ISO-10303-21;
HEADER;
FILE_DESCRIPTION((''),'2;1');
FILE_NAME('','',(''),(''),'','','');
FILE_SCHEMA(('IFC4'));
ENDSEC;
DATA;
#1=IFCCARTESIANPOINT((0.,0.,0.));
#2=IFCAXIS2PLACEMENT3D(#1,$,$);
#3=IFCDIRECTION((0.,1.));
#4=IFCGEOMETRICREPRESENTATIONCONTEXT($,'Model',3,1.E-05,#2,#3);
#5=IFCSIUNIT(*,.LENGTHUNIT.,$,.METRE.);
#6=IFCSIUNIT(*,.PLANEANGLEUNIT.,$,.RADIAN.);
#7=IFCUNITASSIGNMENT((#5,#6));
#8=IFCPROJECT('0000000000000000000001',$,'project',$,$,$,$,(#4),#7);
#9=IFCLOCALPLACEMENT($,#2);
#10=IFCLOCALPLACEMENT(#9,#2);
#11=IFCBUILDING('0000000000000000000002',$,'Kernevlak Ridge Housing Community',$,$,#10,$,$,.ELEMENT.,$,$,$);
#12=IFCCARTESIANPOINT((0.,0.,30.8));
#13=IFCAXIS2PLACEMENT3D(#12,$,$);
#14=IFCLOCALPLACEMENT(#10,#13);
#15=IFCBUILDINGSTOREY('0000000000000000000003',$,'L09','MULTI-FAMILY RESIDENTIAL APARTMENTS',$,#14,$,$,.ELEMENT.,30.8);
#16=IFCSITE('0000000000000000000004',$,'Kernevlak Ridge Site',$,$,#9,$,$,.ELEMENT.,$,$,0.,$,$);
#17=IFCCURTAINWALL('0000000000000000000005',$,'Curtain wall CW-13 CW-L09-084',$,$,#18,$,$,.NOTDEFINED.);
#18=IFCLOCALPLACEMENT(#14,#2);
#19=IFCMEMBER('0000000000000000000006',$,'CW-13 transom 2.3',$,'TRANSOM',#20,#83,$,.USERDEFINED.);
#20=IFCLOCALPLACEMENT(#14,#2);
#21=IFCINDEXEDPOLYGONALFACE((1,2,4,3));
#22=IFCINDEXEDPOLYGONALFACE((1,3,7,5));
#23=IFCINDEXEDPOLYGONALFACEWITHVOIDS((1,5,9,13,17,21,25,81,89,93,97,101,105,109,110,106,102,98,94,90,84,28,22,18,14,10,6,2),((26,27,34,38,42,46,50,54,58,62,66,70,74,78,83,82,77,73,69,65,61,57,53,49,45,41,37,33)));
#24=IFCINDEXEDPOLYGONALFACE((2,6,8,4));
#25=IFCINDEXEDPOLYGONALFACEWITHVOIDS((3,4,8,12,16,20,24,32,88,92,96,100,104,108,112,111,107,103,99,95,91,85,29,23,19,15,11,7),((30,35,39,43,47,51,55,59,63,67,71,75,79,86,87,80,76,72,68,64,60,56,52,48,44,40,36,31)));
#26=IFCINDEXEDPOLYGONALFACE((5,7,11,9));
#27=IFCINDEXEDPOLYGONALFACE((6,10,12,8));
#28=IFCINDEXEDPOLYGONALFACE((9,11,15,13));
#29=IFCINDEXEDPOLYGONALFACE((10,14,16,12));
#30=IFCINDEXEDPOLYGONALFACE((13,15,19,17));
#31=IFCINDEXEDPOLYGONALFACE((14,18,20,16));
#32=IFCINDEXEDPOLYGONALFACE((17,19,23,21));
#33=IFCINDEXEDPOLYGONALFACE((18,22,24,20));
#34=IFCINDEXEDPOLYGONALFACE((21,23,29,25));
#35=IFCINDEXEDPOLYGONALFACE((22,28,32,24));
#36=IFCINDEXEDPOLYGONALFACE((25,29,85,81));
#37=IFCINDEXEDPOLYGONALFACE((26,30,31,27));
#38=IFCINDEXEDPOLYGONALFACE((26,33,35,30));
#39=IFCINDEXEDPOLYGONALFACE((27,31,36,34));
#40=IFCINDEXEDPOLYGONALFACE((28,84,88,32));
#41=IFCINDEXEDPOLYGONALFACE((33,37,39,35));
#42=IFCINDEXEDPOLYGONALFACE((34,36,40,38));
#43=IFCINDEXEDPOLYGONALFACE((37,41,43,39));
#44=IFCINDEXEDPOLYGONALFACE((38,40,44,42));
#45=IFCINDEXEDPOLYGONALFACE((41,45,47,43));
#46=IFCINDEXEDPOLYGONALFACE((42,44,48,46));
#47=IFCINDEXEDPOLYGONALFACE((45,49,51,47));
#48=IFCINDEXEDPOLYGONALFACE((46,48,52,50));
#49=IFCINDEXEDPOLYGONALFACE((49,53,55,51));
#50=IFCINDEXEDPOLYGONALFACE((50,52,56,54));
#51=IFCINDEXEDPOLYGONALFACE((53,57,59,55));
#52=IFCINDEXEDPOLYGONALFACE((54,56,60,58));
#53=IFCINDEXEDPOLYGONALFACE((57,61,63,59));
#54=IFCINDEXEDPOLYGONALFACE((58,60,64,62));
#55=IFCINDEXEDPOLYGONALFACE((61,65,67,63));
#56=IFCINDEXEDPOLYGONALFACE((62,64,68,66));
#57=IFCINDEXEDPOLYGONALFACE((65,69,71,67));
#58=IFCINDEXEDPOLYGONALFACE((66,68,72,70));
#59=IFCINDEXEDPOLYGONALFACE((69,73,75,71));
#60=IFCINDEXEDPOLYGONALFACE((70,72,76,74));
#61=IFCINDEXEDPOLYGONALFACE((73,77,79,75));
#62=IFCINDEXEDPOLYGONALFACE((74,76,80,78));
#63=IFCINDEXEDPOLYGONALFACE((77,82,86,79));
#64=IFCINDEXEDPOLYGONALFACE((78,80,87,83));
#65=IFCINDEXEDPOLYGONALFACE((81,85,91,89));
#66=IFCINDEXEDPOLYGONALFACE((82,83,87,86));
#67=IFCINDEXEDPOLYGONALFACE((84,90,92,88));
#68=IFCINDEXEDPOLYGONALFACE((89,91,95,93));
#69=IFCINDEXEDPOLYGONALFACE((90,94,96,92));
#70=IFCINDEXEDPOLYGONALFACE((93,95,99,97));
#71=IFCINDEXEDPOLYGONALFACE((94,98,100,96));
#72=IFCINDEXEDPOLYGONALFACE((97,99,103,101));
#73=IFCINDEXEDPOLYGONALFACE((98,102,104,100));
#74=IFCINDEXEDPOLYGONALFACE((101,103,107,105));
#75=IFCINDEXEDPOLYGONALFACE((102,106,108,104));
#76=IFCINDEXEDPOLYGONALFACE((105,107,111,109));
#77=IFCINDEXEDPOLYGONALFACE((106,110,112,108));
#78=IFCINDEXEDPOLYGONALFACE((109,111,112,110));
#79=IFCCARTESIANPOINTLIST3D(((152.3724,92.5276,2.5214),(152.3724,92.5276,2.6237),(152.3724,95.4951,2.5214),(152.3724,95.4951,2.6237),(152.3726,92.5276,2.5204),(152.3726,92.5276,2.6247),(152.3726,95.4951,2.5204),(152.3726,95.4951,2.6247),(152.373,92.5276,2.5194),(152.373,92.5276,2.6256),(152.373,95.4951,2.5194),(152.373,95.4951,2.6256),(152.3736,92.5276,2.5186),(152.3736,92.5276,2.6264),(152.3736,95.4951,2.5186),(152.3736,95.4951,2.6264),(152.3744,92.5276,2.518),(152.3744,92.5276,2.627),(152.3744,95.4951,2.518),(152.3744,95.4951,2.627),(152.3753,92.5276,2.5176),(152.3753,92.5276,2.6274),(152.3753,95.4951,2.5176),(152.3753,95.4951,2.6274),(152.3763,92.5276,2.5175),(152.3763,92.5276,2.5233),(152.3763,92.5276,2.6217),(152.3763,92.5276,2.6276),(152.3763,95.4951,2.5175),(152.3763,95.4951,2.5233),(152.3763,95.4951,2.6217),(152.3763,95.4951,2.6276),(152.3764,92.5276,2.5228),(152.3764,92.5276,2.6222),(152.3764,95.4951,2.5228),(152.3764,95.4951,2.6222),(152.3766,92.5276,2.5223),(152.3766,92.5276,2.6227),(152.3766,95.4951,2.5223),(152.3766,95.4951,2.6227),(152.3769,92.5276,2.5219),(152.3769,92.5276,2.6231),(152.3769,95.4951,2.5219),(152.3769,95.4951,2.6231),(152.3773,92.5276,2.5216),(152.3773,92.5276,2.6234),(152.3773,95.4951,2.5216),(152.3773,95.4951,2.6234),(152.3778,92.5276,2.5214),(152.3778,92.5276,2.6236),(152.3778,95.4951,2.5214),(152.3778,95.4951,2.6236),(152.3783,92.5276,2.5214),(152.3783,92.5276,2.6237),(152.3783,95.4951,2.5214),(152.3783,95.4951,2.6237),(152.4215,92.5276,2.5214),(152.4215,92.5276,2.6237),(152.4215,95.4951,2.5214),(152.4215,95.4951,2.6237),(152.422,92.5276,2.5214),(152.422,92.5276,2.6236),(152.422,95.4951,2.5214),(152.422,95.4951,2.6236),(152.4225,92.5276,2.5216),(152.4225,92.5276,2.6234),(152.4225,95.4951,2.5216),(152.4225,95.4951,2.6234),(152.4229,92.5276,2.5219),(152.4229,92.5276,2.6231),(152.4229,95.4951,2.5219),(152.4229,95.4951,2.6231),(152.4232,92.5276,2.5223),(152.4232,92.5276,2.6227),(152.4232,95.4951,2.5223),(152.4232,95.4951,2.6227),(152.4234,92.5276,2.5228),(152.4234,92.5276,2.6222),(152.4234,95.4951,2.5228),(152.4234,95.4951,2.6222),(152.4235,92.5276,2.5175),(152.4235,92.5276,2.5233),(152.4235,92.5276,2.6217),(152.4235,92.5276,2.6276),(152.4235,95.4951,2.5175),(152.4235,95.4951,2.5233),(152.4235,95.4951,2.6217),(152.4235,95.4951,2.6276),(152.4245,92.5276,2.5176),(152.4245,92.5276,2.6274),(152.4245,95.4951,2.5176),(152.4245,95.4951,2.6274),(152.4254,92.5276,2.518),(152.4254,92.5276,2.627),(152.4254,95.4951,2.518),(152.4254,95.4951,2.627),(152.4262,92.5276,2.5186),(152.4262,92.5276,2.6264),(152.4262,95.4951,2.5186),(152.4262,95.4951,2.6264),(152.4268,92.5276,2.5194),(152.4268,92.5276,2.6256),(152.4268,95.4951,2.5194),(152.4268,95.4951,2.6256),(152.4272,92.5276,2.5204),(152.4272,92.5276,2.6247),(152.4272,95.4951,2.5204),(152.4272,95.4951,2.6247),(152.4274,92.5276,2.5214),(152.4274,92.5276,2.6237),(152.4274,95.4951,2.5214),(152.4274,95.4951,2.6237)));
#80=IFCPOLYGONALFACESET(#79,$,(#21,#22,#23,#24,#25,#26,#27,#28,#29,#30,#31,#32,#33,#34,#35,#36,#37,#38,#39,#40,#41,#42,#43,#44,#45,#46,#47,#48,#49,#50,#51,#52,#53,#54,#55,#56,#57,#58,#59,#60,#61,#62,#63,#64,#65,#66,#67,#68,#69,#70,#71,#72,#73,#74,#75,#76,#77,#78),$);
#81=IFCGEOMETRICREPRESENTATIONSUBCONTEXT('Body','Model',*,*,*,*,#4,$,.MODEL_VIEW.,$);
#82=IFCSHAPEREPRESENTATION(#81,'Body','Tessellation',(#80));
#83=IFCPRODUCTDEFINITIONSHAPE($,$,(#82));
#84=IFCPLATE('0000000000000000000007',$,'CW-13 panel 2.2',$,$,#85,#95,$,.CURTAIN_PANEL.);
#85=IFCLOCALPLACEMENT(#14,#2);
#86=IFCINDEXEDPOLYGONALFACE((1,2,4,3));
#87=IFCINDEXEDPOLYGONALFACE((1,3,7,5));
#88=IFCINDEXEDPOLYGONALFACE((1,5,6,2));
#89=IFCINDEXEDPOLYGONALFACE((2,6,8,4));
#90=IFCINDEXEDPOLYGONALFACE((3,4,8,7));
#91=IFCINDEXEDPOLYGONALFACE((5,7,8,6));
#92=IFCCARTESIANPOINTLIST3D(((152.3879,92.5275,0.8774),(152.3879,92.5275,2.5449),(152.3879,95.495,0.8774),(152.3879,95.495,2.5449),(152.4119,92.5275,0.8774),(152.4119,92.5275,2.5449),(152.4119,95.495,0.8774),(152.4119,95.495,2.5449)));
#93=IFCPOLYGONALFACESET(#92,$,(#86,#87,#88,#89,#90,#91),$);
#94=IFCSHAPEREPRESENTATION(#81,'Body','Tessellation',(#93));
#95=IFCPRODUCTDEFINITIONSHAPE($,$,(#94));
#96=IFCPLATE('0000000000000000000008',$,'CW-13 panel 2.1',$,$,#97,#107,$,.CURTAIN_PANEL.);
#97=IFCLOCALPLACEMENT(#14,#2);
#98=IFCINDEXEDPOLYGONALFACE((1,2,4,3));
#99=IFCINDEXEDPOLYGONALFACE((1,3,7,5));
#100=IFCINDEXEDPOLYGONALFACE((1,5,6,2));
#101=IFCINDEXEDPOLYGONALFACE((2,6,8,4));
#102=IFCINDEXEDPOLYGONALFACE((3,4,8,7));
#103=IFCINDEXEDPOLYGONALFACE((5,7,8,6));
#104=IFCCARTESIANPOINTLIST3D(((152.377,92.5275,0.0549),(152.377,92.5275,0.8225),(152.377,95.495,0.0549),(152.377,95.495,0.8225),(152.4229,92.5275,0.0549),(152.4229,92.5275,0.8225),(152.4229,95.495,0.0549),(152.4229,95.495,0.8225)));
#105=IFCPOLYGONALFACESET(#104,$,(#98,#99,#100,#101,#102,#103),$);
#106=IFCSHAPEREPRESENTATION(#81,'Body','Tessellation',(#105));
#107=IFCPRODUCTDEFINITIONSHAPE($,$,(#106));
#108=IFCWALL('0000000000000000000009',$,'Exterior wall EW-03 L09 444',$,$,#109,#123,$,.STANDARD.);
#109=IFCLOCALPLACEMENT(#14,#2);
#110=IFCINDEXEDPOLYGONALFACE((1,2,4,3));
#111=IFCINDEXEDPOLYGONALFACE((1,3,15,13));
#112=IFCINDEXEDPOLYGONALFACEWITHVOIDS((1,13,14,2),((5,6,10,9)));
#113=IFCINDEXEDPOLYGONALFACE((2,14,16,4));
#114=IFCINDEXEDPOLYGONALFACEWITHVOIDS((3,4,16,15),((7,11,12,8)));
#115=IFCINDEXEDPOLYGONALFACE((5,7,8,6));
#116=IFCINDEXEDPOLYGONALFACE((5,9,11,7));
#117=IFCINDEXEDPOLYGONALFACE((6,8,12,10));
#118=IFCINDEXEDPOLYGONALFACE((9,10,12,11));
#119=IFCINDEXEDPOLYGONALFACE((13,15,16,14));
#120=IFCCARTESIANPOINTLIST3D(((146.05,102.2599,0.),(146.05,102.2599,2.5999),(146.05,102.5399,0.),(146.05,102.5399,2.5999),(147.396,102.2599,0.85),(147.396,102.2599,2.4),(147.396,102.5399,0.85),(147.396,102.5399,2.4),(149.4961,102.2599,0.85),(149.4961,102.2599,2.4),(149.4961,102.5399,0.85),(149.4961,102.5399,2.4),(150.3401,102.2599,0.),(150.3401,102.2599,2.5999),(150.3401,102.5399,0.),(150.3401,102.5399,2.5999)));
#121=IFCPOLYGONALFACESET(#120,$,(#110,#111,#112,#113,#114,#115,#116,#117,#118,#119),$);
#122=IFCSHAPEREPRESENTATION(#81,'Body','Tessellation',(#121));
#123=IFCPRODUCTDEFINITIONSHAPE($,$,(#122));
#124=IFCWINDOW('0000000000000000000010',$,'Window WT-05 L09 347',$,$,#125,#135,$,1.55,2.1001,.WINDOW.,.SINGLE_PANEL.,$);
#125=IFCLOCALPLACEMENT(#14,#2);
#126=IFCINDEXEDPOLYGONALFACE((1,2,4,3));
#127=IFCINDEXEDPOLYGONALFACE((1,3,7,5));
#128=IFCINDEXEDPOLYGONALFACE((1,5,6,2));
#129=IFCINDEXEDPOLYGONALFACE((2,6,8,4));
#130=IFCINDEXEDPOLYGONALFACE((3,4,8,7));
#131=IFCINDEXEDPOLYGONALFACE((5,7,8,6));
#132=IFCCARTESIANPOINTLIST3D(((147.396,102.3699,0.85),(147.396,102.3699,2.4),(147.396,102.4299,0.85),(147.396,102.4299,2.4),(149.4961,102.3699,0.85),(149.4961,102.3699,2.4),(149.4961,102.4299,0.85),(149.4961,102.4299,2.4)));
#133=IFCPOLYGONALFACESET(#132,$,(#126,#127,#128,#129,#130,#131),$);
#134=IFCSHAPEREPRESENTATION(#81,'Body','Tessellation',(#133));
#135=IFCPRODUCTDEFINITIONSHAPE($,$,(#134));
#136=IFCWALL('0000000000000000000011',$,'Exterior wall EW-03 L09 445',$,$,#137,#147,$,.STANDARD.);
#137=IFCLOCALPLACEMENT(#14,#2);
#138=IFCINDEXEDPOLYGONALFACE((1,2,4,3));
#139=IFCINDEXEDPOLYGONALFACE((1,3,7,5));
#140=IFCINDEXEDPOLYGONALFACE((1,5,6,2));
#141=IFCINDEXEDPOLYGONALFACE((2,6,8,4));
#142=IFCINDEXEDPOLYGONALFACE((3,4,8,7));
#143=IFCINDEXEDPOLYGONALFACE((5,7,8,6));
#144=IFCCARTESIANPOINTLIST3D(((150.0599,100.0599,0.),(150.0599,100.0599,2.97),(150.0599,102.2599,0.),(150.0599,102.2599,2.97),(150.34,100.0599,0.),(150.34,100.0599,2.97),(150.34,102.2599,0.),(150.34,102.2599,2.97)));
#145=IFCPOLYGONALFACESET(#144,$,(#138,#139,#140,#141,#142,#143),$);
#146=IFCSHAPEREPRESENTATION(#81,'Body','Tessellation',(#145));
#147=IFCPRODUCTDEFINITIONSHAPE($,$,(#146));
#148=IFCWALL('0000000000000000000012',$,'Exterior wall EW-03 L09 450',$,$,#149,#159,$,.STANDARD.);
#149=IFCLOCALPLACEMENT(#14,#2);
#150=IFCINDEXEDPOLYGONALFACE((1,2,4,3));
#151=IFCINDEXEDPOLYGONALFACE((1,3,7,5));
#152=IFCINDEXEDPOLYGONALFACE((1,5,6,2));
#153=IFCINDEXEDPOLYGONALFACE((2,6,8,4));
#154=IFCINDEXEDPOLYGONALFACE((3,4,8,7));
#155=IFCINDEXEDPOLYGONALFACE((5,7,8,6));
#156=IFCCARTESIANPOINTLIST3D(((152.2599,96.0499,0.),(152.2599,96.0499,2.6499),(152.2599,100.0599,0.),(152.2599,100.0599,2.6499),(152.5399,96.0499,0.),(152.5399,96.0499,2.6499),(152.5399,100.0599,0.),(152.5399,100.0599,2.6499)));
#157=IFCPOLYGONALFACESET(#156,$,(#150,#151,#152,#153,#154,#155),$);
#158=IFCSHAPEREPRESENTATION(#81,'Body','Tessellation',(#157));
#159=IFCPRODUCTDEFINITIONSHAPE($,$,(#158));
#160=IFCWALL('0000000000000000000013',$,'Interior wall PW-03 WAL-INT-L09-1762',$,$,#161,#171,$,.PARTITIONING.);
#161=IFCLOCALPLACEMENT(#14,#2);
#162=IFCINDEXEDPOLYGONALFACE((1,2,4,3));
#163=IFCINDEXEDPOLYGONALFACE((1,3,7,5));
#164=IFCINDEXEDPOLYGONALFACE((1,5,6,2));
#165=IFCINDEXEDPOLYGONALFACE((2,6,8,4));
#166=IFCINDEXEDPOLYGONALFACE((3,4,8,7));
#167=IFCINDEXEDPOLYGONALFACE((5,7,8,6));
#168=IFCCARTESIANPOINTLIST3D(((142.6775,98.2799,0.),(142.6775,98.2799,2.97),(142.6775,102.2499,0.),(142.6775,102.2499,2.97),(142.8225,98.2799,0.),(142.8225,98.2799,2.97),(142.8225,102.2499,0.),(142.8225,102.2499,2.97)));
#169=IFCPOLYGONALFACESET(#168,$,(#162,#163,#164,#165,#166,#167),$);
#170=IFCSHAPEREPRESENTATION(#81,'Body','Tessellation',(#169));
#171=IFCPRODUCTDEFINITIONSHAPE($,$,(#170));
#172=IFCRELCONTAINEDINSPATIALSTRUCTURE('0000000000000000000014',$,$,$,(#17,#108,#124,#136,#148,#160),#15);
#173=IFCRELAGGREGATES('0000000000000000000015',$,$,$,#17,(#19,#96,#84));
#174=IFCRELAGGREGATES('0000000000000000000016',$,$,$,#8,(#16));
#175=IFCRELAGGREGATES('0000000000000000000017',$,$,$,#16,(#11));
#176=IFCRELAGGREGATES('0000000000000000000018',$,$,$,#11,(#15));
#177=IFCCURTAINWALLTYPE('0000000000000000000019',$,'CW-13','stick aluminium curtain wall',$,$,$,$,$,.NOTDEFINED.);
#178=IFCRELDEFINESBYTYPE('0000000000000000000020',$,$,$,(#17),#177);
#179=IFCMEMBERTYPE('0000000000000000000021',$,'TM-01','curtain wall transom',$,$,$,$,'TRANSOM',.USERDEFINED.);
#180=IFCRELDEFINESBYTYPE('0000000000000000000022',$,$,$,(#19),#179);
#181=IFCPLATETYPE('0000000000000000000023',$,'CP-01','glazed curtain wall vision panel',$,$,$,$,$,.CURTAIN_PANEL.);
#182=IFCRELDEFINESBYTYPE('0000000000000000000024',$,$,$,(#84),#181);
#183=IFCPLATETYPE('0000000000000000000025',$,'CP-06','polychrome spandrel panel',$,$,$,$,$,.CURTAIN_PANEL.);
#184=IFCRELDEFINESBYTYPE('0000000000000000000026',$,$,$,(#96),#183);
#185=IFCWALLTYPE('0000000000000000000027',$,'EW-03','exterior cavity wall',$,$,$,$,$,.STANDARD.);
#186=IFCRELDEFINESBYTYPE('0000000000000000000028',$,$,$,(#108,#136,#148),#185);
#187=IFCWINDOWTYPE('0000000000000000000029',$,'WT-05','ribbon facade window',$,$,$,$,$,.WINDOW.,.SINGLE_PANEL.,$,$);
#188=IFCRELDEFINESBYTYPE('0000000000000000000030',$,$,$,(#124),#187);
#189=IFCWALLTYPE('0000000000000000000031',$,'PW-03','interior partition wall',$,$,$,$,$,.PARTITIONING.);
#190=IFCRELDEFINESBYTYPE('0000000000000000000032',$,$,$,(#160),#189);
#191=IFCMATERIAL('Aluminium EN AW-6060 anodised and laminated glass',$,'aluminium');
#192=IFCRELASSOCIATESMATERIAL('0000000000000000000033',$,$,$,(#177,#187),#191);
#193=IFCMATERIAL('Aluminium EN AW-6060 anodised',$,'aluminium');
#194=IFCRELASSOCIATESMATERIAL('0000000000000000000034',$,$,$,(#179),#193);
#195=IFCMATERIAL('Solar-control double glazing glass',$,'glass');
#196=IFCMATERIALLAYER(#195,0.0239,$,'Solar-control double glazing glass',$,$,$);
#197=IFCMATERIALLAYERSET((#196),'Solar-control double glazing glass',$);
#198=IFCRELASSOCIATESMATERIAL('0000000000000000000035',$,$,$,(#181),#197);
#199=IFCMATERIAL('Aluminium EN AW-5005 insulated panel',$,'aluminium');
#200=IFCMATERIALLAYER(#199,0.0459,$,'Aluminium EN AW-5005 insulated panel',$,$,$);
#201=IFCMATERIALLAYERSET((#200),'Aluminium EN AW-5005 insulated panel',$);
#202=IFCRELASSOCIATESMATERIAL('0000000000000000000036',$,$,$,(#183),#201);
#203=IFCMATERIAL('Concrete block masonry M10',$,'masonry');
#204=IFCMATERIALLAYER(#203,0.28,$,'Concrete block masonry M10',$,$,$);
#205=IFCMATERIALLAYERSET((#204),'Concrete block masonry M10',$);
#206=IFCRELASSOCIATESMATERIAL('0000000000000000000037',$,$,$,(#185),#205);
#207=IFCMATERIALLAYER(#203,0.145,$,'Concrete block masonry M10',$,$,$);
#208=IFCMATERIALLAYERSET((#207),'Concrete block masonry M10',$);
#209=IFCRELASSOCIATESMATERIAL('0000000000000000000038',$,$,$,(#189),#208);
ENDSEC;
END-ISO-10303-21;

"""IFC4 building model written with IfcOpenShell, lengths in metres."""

from ifc_helpers import new_model, si_unit, direction, frame, frame_2d, origin, origin_2d, place, context, subcontext, project, spatial, rectangle, hollow_rectangle, extrude, material, layer, layer_set, material_profile, profile_set, type_object, element, fill, aggregate, save


model = new_model("IFC4")

# Units and contexts
model_context = context("Model", 3, precision=1e-05, world=origin(), true_north=direction((0.0, 1.0)))
body_context = subcontext(model_context, "Body", "Model", "MODEL_VIEW")
ifc_project = project(units=[si_unit("LENGTHUNIT", "METRE"), si_unit("PLANEANGLEUNIT", "RADIAN")], contexts=[model_context])

# Site, building, storey
site_placement = place(None, origin())
site = spatial("IfcSite", under=ifc_project, at=site_placement, Name="Kernevlak Ridge Site", CompositionType="ELEMENT", RefElevation=0.0)
building_placement = place(site_placement, origin())
building = spatial("IfcBuilding", under=site, at=building_placement, Name="Kernevlak Ridge Housing Community", CompositionType="ELEMENT")
storey_placement = place(building_placement, frame((0.0, 0.0, 30.8)))
storey = spatial("IfcBuildingStorey", under=building, at=storey_placement, Name="L09", Description="MULTI-FAMILY RESIDENTIAL APARTMENTS", CompositionType="ELEMENT", Elevation=30.8)

# Curtain wall
ifc_material_1 = material(Name="Aluminium EN AW-6060 anodised and laminated glass", Category="aluminium")
curtain_wall_type = type_object("IfcCurtainWallType", Name="CW-13", Description="stick aluminium curtain wall", PredefinedType="NOTDEFINED", material=ifc_material_1)
curtain_wall_placement = place(storey_placement, origin())
curtain_wall = element("IfcCurtainWall", 1, at=curtain_wall_placement, inside=storey, type_object=curtain_wall_type, Name="Curtain wall CW-13 CW-L09-084", PredefinedType="NOTDEFINED")
ifc_material_2 = material(Name="Aluminium EN AW-6060 anodised", Category="aluminium")

# Member
ifc_material_profile_1 = material_profile(ifc_material_2, hollow_rectangle(XDim=0.0549, YDim=0.1101, WallThickness=0.0039, InnerFilletRadius=0.002, OuterFilletRadius=0.0039, at=origin_2d()), Name="ALU 55x110x4")
ifc_profile_set_1 = profile_set([ifc_material_profile_1], Name="Aluminium EN AW-6060 anodised")
member_type_1 = type_object("IfcMemberType", Name="TM-01", Description="curtain wall transom", ElementType="TRANSOM", PredefinedType="USERDEFINED", material=ifc_profile_set_1)
member_1_placement = place(storey_placement, frame((152.3999, 92.5276, 2.5725), z_axis=(0.0, 1.0, 0.0), x_axis=(-1.0, 0.0, 0.0)))
member_1 = element("IfcMember", 2, at=member_1_placement, type_object=member_type_1, Name="CW-13 transom 2.3", ObjectType="TRANSOM", PredefinedType="USERDEFINED", context=body_context, shape_type="SweptSolid", body=[
    extrude(hollow_rectangle(XDim=0.0549, YDim=0.1101, WallThickness=0.0039, InnerFilletRadius=0.002, OuterFilletRadius=0.0039, at=origin_2d()), origin(), (0.0, 0.0, 1.0), 2.9675),
])

# Plates
ifc_material_3 = material(Name="Solar-control double glazing glass", Category="glass")
ifc_layer_1 = layer(ifc_material_3, 0.0239, Name="Solar-control double glazing glass")
ifc_layer_set_1 = layer_set([ifc_layer_1], Name="Solar-control double glazing glass")
plate_type_1 = type_object("IfcPlateType", Name="CP-01", Description="glazed curtain wall vision panel", PredefinedType="CURTAIN_PANEL", material=ifc_layer_set_1)
plate_1_placement = place(storey_placement, frame((152.3999, 94.0112, 0.8774), z_axis=(0.0, 0.0, 1.0), x_axis=(0.0, 1.0, 0.0)))
plate_1 = element("IfcPlate", 3, at=plate_1_placement, type_object=plate_type_1, Name="CW-13 panel 2.2", PredefinedType="CURTAIN_PANEL", context=body_context, shape_type="SweptSolid", body=[
    extrude(rectangle(XDim=2.9675, YDim=0.0239, at=origin_2d()), origin(), (0.0, 0.0, 1.0), 1.6675),
])
ifc_material_4 = material(Name="Aluminium EN AW-5005 insulated panel", Category="aluminium")
ifc_layer_2 = layer(ifc_material_4, 0.0459, Name="Aluminium EN AW-5005 insulated panel")
ifc_layer_set_2 = layer_set([ifc_layer_2], Name="Aluminium EN AW-5005 insulated panel")
plate_type_2 = type_object("IfcPlateType", Name="CP-06", Description="polychrome spandrel panel", PredefinedType="CURTAIN_PANEL", material=ifc_layer_set_2)
plate_2_placement = place(storey_placement, frame((152.3999, 94.0112, 0.0549), z_axis=(0.0, 0.0, 1.0), x_axis=(0.0, 1.0, 0.0)))
plate_2 = element("IfcPlate", 4, at=plate_2_placement, type_object=plate_type_2, Name="CW-13 panel 2.1", PredefinedType="CURTAIN_PANEL", context=body_context, shape_type="SweptSolid", body=[
    extrude(rectangle(XDim=2.9675, YDim=0.0459, at=origin_2d()), origin(), (0.0, 0.0, 1.0), 0.7676),
])
aggregate(curtain_wall, [member_1, plate_2, plate_1])

# Wall, opening, window
ifc_material_5 = material(Name="Concrete block masonry M10", Category="masonry")
ifc_layer_3 = layer(ifc_material_5, 0.28, Name="Concrete block masonry M10")
ifc_layer_set_3 = layer_set([ifc_layer_3], Name="Concrete block masonry M10")
wall_type_1 = type_object("IfcWallType", Name="EW-03", Description="exterior cavity wall", PredefinedType="STANDARD", material=ifc_layer_set_3)
wall_1_placement = place(storey_placement, frame((146.05, 102.3999, 0.0), z_axis=(0.0, 0.0, 1.0), x_axis=(1.0, 0.0, 0.0)))
wall_1 = element("IfcWall", 5, at=wall_1_placement, inside=storey, type_object=wall_type_1, Name="Exterior wall EW-03 L09 444", PredefinedType="STANDARD", context=body_context, shape_type="SweptSolid", body=[
    extrude(rectangle(XDim=4.29, YDim=0.28, at=frame_2d((2.145, 0.0))), origin(), (0.0, 0.0, 1.0), 2.5999),
])
opening_1_placement = place(wall_1_placement, frame((1.3459, 0.0, 0.8501)))
opening_1 = element("IfcOpeningElement", 6, at=opening_1_placement, cuts=wall_1, PredefinedType="OPENING", context=body_context, shape_type="SweptSolid", body=[
    extrude(rectangle(XDim=2.1001, YDim=1.55, at=frame_2d((1.05, 0.7749))), frame((0.0, 0.1499, 0.0), z_axis=(0.0, -1.0, 0.0), x_axis=(1.0, 0.0, 0.0)), (0.0, 0.0, 1.0), 0.3),
])
window_type = type_object("IfcWindowType", Name="WT-05", Description="ribbon facade window", PartitioningType="SINGLE_PANEL", PredefinedType="WINDOW", material=ifc_material_1)
window_placement = place(opening_1_placement, origin())
window = element("IfcWindow", 7, at=window_placement, inside=storey, type_object=window_type, Name="Window WT-05 L09 347", OverallHeight=1.55, OverallWidth=2.1001, PartitioningType="SINGLE_PANEL", PredefinedType="WINDOW", context=body_context, shape_type="SweptSolid", body=[
    extrude(rectangle(XDim=2.1001, YDim=1.55, at=frame_2d((1.05, 0.7749))), frame((0.0, 0.03, 0.0), z_axis=(0.0, -1.0, 0.0), x_axis=(1.0, 0.0, 0.0)), (0.0, 0.0, 1.0), 0.0601),
])
fill(opening_1, window)

# Wall
wall_2_placement = place(storey_placement, frame((150.2, 102.26, 0.0), z_axis=(0.0, 0.0, 1.0), x_axis=(0.0, -1.0, 0.0)))
element("IfcWall", 8, at=wall_2_placement, inside=storey, type_object=wall_type_1, Name="Exterior wall EW-03 L09 445", PredefinedType="STANDARD", context=body_context, shape_type="SweptSolid", body=[
    extrude(rectangle(XDim=2.2, YDim=0.28, at=frame_2d((1.1001, 0.0))), origin(), (0.0, 0.0, 1.0), 2.97),
])

# Walls
wall_3_placement = place(storey_placement, frame((152.3999, 96.05, 0.0), z_axis=(0.0, 0.0, 1.0), x_axis=(0.0, 1.0, 0.0)))
element("IfcWall", 9, at=wall_3_placement, inside=storey, type_object=wall_type_1, Name="Exterior wall EW-03 L09 450", PredefinedType="STANDARD", context=body_context, shape_type="SweptSolid", body=[
    extrude(rectangle(XDim=4.01, YDim=0.28, at=frame_2d((2.0049, 0.0))), origin(), (0.0, 0.0, 1.0), 2.6499),
])
ifc_layer_4 = layer(ifc_material_5, 0.145, Name="Concrete block masonry M10")
ifc_layer_set_4 = layer_set([ifc_layer_4], Name="Concrete block masonry M10")
wall_type_2 = type_object("IfcWallType", Name="PW-03", Description="interior partition wall", PredefinedType="PARTITIONING", material=ifc_layer_set_4)
wall_4_placement = place(storey_placement, frame((142.75, 98.28, 0.0), z_axis=(0.0, 0.0, 1.0), x_axis=(0.0, 1.0, 0.0)))
element("IfcWall", 10, at=wall_4_placement, inside=storey, type_object=wall_type_2, Name="Interior wall PW-03 WAL-INT-L09-1762", PredefinedType="PARTITIONING", context=body_context, shape_type="SweptSolid", body=[
    extrude(rectangle(XDim=3.97, YDim=0.145, at=frame_2d((1.9849, 0.0))), origin(), (0.0, 0.0, 1.0), 2.97),
])

save(model, "model.ifc")
